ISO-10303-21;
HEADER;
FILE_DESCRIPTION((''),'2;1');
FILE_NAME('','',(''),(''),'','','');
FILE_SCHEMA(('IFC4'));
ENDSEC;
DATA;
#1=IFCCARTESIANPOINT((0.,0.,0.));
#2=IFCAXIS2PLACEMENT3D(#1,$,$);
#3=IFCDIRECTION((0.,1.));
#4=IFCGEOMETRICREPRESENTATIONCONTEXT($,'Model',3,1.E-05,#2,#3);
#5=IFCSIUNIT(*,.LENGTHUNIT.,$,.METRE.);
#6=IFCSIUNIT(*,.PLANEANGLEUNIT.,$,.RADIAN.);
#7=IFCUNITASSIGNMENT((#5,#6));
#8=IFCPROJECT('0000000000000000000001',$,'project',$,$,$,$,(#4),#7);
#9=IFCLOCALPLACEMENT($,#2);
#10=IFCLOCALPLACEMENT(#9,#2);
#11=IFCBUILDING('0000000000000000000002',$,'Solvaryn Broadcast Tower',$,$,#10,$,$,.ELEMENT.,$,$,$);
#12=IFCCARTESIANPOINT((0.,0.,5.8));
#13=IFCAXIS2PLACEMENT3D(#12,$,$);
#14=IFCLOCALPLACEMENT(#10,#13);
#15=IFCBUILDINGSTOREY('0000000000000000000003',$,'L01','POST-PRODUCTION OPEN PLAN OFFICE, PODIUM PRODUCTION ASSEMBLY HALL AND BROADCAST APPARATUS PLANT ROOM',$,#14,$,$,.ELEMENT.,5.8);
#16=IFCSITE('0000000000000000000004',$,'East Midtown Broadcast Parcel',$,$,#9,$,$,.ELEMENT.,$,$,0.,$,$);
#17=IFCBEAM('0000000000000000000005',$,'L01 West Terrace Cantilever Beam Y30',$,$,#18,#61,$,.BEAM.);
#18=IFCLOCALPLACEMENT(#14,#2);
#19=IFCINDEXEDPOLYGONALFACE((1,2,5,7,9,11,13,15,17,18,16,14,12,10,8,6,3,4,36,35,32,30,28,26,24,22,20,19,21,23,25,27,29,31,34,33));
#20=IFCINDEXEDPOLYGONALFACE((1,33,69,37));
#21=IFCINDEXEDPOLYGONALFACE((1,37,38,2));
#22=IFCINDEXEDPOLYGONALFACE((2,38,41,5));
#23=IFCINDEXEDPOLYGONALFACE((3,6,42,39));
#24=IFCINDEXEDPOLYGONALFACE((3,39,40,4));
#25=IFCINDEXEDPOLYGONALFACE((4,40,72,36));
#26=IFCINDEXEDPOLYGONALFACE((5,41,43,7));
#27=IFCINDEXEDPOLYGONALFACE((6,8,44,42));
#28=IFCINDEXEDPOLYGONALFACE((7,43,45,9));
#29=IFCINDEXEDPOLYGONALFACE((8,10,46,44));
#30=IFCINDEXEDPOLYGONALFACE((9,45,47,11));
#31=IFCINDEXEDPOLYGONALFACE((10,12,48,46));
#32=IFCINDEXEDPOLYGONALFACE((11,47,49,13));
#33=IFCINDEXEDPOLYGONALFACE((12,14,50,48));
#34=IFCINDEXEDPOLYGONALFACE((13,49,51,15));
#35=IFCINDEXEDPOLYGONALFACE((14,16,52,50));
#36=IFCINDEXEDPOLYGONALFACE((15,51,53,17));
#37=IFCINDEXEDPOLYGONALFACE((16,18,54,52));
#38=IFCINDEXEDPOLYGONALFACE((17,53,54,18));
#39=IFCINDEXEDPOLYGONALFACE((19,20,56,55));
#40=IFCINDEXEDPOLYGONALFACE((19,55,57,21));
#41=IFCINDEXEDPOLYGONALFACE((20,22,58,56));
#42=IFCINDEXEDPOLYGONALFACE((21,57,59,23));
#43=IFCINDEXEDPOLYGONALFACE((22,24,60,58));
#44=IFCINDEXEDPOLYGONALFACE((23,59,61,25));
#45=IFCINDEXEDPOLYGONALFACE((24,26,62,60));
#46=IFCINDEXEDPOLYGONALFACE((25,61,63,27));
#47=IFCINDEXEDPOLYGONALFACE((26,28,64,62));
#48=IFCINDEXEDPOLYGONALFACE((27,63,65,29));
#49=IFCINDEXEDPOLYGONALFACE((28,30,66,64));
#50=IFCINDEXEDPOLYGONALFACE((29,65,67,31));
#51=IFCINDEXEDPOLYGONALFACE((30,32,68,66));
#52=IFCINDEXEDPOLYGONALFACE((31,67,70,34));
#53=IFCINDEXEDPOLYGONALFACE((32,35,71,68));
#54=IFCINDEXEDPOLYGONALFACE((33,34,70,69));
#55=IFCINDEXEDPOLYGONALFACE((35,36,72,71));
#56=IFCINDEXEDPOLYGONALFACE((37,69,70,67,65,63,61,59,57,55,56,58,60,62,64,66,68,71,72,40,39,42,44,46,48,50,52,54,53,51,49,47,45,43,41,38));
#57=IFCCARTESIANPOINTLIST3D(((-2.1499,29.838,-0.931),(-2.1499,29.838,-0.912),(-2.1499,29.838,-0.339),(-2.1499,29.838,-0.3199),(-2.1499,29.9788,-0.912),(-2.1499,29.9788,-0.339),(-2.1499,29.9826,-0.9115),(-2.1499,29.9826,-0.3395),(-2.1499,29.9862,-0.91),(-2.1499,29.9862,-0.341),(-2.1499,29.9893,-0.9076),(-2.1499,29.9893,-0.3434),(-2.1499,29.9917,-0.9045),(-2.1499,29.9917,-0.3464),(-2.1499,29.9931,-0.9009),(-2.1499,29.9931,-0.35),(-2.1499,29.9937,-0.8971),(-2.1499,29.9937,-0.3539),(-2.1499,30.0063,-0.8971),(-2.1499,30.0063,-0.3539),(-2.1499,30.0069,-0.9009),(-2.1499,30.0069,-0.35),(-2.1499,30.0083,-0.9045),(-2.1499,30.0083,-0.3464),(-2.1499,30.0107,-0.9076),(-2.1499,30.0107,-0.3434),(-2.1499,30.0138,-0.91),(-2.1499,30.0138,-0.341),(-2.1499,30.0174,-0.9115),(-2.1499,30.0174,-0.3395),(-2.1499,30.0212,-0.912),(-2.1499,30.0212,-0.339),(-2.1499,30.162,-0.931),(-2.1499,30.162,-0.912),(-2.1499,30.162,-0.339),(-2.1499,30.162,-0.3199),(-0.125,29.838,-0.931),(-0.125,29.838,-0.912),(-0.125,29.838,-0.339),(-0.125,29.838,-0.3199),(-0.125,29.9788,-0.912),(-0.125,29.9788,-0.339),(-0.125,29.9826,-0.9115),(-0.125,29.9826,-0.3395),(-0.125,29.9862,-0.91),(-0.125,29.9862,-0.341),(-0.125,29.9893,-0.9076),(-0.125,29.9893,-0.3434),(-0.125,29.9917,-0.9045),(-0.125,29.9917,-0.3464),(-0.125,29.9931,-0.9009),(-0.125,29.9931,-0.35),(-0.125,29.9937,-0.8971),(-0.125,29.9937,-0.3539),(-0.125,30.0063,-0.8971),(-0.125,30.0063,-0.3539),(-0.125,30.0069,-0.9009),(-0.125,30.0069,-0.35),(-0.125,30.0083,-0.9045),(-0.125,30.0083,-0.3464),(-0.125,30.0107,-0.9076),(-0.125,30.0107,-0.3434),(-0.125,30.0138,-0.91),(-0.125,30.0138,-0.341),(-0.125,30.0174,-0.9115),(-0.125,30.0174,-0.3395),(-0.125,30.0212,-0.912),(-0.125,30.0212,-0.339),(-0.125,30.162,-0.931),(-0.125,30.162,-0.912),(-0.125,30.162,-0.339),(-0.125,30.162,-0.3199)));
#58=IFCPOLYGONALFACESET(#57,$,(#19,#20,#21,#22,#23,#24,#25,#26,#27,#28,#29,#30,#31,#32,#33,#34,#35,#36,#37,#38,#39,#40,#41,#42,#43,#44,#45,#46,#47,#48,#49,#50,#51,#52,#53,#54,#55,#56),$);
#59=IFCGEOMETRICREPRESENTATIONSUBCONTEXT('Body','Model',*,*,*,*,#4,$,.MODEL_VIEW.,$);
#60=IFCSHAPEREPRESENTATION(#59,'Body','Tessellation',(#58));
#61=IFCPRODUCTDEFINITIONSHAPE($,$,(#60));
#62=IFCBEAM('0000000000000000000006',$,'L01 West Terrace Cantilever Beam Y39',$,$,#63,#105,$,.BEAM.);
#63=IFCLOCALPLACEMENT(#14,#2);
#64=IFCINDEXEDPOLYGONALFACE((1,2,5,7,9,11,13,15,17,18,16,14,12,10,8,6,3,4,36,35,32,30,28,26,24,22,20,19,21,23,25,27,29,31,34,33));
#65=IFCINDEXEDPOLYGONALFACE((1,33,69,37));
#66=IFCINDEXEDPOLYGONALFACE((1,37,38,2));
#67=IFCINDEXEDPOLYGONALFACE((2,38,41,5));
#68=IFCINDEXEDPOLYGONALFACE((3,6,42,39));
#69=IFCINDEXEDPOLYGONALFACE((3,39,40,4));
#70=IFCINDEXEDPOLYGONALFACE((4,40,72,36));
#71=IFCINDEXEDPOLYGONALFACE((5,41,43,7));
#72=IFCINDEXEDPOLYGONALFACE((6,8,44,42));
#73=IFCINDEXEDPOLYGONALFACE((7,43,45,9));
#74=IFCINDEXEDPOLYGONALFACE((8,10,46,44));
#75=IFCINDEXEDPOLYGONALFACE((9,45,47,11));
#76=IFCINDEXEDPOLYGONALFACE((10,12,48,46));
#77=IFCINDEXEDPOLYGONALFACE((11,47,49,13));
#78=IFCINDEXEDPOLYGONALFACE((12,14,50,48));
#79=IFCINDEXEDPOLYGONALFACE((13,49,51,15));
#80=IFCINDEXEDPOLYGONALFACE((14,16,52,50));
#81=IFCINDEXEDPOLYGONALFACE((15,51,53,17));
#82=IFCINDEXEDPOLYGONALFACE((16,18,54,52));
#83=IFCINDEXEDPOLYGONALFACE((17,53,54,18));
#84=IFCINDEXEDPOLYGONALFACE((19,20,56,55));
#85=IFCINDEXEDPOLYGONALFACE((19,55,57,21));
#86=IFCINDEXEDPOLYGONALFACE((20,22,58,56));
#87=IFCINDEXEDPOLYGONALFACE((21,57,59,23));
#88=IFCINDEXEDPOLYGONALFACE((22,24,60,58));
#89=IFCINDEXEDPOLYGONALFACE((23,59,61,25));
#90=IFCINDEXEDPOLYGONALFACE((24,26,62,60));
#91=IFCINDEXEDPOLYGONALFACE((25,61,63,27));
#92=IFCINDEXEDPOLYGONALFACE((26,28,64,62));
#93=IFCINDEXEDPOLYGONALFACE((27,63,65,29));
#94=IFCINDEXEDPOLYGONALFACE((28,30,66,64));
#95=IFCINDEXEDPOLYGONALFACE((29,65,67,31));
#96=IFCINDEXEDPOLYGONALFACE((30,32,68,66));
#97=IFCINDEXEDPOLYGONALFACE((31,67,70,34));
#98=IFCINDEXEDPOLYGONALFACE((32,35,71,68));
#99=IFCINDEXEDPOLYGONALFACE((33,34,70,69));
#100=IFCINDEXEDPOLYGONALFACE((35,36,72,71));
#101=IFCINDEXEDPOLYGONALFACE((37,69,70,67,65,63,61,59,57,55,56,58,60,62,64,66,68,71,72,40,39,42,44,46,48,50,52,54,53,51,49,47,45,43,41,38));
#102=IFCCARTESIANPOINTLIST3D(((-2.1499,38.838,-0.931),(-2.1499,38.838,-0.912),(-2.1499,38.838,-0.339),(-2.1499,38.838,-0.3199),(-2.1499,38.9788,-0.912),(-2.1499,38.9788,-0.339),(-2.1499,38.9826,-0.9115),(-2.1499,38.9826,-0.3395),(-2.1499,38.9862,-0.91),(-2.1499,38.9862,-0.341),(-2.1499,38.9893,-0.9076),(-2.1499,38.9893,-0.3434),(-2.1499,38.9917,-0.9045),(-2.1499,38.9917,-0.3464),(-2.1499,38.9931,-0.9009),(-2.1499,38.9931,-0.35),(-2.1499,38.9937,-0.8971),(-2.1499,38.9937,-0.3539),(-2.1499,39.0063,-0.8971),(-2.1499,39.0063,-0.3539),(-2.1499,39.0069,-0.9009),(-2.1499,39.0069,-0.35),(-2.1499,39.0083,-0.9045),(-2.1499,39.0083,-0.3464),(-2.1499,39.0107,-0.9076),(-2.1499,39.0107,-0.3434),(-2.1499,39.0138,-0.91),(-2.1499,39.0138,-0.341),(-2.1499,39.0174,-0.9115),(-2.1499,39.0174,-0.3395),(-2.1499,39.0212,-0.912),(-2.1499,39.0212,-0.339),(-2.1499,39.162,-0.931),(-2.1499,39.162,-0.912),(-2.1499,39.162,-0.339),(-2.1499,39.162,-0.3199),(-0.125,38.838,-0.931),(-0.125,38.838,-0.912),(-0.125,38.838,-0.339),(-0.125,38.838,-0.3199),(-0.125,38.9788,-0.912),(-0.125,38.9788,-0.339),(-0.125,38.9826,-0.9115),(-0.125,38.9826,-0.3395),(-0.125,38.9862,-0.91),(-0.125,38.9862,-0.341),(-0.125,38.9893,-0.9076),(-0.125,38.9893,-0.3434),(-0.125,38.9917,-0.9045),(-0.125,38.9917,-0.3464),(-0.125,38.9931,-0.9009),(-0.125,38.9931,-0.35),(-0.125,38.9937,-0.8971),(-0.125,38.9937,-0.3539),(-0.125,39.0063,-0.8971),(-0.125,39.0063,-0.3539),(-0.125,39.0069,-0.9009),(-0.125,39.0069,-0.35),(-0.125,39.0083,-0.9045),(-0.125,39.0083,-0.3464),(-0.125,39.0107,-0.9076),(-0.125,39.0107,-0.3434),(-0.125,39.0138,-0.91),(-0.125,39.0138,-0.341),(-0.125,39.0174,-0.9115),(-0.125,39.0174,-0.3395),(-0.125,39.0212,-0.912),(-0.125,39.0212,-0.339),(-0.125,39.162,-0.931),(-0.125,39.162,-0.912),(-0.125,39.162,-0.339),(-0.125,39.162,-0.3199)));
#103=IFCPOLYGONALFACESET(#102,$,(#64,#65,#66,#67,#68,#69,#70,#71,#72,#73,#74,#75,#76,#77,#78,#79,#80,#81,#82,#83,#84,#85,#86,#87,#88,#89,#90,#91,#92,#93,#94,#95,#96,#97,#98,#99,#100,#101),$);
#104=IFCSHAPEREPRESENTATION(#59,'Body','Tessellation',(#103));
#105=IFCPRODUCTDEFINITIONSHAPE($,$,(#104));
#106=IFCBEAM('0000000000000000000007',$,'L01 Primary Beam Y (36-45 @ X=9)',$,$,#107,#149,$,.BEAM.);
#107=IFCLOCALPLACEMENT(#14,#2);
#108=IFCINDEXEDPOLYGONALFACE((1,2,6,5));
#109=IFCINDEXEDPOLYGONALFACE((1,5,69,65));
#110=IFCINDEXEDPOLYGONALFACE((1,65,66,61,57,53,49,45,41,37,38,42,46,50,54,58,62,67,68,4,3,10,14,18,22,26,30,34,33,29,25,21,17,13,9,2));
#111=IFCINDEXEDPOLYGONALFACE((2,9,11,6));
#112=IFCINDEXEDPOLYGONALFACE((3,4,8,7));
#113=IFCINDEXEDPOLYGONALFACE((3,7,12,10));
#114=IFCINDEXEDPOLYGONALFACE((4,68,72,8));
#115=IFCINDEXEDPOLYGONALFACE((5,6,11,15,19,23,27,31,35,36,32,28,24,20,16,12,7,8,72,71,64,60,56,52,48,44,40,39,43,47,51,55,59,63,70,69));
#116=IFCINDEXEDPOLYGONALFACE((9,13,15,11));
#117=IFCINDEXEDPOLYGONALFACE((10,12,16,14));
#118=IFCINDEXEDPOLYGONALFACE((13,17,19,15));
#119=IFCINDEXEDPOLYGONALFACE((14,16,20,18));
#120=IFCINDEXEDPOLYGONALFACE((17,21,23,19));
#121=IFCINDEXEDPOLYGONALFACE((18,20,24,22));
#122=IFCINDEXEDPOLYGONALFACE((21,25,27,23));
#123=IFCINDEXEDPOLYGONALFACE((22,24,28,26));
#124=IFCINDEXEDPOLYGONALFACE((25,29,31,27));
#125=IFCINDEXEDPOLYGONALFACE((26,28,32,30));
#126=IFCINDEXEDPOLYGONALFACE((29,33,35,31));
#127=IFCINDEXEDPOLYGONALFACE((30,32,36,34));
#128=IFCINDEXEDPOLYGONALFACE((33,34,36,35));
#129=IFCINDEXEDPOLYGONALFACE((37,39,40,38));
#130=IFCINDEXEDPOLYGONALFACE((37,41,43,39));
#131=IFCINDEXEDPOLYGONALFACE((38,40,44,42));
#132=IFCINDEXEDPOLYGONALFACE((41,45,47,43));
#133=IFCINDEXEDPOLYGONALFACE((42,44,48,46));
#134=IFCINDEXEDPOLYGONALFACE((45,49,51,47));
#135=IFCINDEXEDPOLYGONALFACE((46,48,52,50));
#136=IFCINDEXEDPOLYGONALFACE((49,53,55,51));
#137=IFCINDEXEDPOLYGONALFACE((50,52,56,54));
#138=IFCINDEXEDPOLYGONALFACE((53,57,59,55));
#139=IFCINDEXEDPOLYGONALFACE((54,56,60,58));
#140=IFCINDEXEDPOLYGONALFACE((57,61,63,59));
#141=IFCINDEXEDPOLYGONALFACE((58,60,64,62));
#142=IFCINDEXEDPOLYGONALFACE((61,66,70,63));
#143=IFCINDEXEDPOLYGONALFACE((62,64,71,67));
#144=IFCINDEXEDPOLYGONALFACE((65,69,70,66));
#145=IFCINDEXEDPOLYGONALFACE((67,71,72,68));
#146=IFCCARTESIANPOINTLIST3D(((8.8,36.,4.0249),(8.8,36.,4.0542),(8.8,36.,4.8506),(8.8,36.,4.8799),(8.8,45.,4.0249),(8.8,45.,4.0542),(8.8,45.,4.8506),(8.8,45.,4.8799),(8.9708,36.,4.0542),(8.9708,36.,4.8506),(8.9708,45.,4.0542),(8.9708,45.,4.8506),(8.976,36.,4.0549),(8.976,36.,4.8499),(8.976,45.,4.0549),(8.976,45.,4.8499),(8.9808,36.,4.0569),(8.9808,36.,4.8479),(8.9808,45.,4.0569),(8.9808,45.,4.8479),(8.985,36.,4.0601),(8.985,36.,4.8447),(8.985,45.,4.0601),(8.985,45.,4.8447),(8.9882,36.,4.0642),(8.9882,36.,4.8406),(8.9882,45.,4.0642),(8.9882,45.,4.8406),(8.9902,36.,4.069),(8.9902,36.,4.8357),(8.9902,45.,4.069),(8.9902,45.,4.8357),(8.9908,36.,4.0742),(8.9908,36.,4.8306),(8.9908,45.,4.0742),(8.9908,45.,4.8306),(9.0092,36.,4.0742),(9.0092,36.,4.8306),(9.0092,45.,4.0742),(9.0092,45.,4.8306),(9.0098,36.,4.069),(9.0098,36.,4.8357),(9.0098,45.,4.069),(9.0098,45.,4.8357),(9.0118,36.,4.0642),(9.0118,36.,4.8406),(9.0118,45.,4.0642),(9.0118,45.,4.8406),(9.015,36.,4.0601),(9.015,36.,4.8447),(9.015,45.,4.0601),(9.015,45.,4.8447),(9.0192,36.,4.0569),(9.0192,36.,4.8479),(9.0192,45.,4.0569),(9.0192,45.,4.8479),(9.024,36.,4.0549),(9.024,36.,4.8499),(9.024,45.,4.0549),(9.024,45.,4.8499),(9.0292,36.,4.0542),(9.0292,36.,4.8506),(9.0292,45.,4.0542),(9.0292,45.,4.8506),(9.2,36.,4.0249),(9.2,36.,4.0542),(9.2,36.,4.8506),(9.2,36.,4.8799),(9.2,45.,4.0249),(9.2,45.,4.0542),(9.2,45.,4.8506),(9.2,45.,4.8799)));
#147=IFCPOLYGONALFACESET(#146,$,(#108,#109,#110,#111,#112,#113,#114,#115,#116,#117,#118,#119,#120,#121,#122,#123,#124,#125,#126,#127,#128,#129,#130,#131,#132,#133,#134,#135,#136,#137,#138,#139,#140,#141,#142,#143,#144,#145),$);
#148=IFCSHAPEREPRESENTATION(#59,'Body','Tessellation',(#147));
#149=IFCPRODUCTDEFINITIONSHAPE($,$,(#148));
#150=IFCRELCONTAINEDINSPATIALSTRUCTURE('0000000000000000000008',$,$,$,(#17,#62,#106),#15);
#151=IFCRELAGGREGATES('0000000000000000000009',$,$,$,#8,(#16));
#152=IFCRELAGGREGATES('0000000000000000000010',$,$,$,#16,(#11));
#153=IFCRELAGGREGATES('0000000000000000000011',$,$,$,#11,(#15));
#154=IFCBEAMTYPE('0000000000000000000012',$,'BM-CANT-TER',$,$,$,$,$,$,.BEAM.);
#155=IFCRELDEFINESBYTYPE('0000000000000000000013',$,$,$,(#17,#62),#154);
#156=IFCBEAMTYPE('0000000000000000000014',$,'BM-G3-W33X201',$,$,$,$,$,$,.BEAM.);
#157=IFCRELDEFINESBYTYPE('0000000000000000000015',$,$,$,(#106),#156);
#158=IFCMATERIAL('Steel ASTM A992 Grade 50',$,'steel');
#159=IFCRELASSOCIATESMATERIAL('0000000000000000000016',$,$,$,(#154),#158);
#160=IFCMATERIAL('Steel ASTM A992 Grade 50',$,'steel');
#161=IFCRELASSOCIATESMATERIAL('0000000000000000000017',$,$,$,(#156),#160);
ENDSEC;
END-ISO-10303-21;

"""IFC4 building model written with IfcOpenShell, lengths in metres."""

from ifc_helpers import new_model, si_unit, direction, frame, origin, origin_2d, place, context, subcontext, project, spatial, i_section, extrude, material, material_profile, profile_set, type_object, element, save


model = new_model("IFC4")

# Units and contexts
model_context = context("Model", 3, precision=1e-05, world=origin(), true_north=direction((0.0, 1.0)))
body_context = subcontext(model_context, "Body", "Model", "MODEL_VIEW")
ifc_project = project(units=[si_unit("LENGTHUNIT", "METRE"), si_unit("PLANEANGLEUNIT", "RADIAN")], contexts=[model_context])

# Site, building, storey
site_placement = place(None, origin())
site = spatial("IfcSite", under=ifc_project, at=site_placement, Name="East Midtown Broadcast Parcel", CompositionType="ELEMENT", RefElevation=0.0)
building_placement = place(site_placement, origin())
building = spatial("IfcBuilding", under=site, at=building_placement, Name="Solvaryn Broadcast Tower", CompositionType="ELEMENT")
storey_placement = place(building_placement, frame((0.0, 0.0, 5.8)))
storey = spatial("IfcBuildingStorey", under=building, at=storey_placement, Name="L01", Description="POST-PRODUCTION OPEN PLAN OFFICE, PODIUM PRODUCTION ASSEMBLY HALL AND BROADCAST APPARATUS PLANT ROOM", CompositionType="ELEMENT", Elevation=5.8)

# Beams
ifc_material_1 = material(Name="Steel ASTM A992 Grade 50", Category="steel")
ifc_material_profile_1 = material_profile(ifc_material_1, i_section(OverallWidth=0.324, OverallDepth=0.6111, WebThickness=0.0127, FlangeThickness=0.019, FilletRadius=0.0149, at=origin_2d()))
ifc_profile_set_1 = profile_set([ifc_material_profile_1], Name="Steel ASTM A992 Grade 50")
beam_type_1 = type_object("IfcBeamType", Name="BM-CANT-TER", PredefinedType="BEAM", material=ifc_profile_set_1)
for number, where, z_axis, x_axis, name in (
    (1, (-0.125, 30.0, -0.6255), (-1.0, 0.0, 0.0), (0.0, -1.0, 0.0), "L01 West Terrace Cantilever Beam Y30"),
    (2, (-0.125, 39.0, -0.6255), (-1.0, 0.0, 0.0), (0.0, -1.0, 0.0), "L01 West Terrace Cantilever Beam Y39"),
):
    element("IfcBeam", number, at=place(storey_placement, frame(where, z_axis=z_axis, x_axis=x_axis)), inside=storey, type_object=beam_type_1, Name=name, PredefinedType="BEAM", context=body_context, shape_type="SweptSolid", body=[
        extrude(i_section(OverallWidth=0.324, OverallDepth=0.6111, WebThickness=0.0127, FlangeThickness=0.019, FilletRadius=0.0149, at=origin_2d()), origin(), (0.0, 0.0, 1.0), 2.0249),
    ])
ifc_material_2 = material(Name="Steel ASTM A992 Grade 50", Category="steel")
ifc_material_profile_2 = material_profile(ifc_material_2, i_section(OverallWidth=0.3999, OverallDepth=0.855, WebThickness=0.0183, FlangeThickness=0.0293, FilletRadius=0.02, at=origin_2d()))
ifc_profile_set_2 = profile_set([ifc_material_profile_2], Name="Steel ASTM A992 Grade 50")
beam_type_2 = type_object("IfcBeamType", Name="BM-G3-W33X201", PredefinedType="BEAM", material=ifc_profile_set_2)
beam_1_placement = place(storey_placement, frame((9.0, 36.0, 4.4524), z_axis=(0.0, 1.0, 0.0), x_axis=(-1.0, 0.0, 0.0)))
element("IfcBeam", 3, at=beam_1_placement, inside=storey, type_object=beam_type_2, Name="L01 Primary Beam Y (36-45 @ X=9)", PredefinedType="BEAM", context=body_context, shape_type="SweptSolid", body=[
    extrude(i_section(OverallWidth=0.3999, OverallDepth=0.855, WebThickness=0.0183, FlangeThickness=0.0293, FilletRadius=0.02, at=origin_2d()), origin(), (0.0, 0.0, 1.0), 9.0),
])

save(model, "model.ifc")
